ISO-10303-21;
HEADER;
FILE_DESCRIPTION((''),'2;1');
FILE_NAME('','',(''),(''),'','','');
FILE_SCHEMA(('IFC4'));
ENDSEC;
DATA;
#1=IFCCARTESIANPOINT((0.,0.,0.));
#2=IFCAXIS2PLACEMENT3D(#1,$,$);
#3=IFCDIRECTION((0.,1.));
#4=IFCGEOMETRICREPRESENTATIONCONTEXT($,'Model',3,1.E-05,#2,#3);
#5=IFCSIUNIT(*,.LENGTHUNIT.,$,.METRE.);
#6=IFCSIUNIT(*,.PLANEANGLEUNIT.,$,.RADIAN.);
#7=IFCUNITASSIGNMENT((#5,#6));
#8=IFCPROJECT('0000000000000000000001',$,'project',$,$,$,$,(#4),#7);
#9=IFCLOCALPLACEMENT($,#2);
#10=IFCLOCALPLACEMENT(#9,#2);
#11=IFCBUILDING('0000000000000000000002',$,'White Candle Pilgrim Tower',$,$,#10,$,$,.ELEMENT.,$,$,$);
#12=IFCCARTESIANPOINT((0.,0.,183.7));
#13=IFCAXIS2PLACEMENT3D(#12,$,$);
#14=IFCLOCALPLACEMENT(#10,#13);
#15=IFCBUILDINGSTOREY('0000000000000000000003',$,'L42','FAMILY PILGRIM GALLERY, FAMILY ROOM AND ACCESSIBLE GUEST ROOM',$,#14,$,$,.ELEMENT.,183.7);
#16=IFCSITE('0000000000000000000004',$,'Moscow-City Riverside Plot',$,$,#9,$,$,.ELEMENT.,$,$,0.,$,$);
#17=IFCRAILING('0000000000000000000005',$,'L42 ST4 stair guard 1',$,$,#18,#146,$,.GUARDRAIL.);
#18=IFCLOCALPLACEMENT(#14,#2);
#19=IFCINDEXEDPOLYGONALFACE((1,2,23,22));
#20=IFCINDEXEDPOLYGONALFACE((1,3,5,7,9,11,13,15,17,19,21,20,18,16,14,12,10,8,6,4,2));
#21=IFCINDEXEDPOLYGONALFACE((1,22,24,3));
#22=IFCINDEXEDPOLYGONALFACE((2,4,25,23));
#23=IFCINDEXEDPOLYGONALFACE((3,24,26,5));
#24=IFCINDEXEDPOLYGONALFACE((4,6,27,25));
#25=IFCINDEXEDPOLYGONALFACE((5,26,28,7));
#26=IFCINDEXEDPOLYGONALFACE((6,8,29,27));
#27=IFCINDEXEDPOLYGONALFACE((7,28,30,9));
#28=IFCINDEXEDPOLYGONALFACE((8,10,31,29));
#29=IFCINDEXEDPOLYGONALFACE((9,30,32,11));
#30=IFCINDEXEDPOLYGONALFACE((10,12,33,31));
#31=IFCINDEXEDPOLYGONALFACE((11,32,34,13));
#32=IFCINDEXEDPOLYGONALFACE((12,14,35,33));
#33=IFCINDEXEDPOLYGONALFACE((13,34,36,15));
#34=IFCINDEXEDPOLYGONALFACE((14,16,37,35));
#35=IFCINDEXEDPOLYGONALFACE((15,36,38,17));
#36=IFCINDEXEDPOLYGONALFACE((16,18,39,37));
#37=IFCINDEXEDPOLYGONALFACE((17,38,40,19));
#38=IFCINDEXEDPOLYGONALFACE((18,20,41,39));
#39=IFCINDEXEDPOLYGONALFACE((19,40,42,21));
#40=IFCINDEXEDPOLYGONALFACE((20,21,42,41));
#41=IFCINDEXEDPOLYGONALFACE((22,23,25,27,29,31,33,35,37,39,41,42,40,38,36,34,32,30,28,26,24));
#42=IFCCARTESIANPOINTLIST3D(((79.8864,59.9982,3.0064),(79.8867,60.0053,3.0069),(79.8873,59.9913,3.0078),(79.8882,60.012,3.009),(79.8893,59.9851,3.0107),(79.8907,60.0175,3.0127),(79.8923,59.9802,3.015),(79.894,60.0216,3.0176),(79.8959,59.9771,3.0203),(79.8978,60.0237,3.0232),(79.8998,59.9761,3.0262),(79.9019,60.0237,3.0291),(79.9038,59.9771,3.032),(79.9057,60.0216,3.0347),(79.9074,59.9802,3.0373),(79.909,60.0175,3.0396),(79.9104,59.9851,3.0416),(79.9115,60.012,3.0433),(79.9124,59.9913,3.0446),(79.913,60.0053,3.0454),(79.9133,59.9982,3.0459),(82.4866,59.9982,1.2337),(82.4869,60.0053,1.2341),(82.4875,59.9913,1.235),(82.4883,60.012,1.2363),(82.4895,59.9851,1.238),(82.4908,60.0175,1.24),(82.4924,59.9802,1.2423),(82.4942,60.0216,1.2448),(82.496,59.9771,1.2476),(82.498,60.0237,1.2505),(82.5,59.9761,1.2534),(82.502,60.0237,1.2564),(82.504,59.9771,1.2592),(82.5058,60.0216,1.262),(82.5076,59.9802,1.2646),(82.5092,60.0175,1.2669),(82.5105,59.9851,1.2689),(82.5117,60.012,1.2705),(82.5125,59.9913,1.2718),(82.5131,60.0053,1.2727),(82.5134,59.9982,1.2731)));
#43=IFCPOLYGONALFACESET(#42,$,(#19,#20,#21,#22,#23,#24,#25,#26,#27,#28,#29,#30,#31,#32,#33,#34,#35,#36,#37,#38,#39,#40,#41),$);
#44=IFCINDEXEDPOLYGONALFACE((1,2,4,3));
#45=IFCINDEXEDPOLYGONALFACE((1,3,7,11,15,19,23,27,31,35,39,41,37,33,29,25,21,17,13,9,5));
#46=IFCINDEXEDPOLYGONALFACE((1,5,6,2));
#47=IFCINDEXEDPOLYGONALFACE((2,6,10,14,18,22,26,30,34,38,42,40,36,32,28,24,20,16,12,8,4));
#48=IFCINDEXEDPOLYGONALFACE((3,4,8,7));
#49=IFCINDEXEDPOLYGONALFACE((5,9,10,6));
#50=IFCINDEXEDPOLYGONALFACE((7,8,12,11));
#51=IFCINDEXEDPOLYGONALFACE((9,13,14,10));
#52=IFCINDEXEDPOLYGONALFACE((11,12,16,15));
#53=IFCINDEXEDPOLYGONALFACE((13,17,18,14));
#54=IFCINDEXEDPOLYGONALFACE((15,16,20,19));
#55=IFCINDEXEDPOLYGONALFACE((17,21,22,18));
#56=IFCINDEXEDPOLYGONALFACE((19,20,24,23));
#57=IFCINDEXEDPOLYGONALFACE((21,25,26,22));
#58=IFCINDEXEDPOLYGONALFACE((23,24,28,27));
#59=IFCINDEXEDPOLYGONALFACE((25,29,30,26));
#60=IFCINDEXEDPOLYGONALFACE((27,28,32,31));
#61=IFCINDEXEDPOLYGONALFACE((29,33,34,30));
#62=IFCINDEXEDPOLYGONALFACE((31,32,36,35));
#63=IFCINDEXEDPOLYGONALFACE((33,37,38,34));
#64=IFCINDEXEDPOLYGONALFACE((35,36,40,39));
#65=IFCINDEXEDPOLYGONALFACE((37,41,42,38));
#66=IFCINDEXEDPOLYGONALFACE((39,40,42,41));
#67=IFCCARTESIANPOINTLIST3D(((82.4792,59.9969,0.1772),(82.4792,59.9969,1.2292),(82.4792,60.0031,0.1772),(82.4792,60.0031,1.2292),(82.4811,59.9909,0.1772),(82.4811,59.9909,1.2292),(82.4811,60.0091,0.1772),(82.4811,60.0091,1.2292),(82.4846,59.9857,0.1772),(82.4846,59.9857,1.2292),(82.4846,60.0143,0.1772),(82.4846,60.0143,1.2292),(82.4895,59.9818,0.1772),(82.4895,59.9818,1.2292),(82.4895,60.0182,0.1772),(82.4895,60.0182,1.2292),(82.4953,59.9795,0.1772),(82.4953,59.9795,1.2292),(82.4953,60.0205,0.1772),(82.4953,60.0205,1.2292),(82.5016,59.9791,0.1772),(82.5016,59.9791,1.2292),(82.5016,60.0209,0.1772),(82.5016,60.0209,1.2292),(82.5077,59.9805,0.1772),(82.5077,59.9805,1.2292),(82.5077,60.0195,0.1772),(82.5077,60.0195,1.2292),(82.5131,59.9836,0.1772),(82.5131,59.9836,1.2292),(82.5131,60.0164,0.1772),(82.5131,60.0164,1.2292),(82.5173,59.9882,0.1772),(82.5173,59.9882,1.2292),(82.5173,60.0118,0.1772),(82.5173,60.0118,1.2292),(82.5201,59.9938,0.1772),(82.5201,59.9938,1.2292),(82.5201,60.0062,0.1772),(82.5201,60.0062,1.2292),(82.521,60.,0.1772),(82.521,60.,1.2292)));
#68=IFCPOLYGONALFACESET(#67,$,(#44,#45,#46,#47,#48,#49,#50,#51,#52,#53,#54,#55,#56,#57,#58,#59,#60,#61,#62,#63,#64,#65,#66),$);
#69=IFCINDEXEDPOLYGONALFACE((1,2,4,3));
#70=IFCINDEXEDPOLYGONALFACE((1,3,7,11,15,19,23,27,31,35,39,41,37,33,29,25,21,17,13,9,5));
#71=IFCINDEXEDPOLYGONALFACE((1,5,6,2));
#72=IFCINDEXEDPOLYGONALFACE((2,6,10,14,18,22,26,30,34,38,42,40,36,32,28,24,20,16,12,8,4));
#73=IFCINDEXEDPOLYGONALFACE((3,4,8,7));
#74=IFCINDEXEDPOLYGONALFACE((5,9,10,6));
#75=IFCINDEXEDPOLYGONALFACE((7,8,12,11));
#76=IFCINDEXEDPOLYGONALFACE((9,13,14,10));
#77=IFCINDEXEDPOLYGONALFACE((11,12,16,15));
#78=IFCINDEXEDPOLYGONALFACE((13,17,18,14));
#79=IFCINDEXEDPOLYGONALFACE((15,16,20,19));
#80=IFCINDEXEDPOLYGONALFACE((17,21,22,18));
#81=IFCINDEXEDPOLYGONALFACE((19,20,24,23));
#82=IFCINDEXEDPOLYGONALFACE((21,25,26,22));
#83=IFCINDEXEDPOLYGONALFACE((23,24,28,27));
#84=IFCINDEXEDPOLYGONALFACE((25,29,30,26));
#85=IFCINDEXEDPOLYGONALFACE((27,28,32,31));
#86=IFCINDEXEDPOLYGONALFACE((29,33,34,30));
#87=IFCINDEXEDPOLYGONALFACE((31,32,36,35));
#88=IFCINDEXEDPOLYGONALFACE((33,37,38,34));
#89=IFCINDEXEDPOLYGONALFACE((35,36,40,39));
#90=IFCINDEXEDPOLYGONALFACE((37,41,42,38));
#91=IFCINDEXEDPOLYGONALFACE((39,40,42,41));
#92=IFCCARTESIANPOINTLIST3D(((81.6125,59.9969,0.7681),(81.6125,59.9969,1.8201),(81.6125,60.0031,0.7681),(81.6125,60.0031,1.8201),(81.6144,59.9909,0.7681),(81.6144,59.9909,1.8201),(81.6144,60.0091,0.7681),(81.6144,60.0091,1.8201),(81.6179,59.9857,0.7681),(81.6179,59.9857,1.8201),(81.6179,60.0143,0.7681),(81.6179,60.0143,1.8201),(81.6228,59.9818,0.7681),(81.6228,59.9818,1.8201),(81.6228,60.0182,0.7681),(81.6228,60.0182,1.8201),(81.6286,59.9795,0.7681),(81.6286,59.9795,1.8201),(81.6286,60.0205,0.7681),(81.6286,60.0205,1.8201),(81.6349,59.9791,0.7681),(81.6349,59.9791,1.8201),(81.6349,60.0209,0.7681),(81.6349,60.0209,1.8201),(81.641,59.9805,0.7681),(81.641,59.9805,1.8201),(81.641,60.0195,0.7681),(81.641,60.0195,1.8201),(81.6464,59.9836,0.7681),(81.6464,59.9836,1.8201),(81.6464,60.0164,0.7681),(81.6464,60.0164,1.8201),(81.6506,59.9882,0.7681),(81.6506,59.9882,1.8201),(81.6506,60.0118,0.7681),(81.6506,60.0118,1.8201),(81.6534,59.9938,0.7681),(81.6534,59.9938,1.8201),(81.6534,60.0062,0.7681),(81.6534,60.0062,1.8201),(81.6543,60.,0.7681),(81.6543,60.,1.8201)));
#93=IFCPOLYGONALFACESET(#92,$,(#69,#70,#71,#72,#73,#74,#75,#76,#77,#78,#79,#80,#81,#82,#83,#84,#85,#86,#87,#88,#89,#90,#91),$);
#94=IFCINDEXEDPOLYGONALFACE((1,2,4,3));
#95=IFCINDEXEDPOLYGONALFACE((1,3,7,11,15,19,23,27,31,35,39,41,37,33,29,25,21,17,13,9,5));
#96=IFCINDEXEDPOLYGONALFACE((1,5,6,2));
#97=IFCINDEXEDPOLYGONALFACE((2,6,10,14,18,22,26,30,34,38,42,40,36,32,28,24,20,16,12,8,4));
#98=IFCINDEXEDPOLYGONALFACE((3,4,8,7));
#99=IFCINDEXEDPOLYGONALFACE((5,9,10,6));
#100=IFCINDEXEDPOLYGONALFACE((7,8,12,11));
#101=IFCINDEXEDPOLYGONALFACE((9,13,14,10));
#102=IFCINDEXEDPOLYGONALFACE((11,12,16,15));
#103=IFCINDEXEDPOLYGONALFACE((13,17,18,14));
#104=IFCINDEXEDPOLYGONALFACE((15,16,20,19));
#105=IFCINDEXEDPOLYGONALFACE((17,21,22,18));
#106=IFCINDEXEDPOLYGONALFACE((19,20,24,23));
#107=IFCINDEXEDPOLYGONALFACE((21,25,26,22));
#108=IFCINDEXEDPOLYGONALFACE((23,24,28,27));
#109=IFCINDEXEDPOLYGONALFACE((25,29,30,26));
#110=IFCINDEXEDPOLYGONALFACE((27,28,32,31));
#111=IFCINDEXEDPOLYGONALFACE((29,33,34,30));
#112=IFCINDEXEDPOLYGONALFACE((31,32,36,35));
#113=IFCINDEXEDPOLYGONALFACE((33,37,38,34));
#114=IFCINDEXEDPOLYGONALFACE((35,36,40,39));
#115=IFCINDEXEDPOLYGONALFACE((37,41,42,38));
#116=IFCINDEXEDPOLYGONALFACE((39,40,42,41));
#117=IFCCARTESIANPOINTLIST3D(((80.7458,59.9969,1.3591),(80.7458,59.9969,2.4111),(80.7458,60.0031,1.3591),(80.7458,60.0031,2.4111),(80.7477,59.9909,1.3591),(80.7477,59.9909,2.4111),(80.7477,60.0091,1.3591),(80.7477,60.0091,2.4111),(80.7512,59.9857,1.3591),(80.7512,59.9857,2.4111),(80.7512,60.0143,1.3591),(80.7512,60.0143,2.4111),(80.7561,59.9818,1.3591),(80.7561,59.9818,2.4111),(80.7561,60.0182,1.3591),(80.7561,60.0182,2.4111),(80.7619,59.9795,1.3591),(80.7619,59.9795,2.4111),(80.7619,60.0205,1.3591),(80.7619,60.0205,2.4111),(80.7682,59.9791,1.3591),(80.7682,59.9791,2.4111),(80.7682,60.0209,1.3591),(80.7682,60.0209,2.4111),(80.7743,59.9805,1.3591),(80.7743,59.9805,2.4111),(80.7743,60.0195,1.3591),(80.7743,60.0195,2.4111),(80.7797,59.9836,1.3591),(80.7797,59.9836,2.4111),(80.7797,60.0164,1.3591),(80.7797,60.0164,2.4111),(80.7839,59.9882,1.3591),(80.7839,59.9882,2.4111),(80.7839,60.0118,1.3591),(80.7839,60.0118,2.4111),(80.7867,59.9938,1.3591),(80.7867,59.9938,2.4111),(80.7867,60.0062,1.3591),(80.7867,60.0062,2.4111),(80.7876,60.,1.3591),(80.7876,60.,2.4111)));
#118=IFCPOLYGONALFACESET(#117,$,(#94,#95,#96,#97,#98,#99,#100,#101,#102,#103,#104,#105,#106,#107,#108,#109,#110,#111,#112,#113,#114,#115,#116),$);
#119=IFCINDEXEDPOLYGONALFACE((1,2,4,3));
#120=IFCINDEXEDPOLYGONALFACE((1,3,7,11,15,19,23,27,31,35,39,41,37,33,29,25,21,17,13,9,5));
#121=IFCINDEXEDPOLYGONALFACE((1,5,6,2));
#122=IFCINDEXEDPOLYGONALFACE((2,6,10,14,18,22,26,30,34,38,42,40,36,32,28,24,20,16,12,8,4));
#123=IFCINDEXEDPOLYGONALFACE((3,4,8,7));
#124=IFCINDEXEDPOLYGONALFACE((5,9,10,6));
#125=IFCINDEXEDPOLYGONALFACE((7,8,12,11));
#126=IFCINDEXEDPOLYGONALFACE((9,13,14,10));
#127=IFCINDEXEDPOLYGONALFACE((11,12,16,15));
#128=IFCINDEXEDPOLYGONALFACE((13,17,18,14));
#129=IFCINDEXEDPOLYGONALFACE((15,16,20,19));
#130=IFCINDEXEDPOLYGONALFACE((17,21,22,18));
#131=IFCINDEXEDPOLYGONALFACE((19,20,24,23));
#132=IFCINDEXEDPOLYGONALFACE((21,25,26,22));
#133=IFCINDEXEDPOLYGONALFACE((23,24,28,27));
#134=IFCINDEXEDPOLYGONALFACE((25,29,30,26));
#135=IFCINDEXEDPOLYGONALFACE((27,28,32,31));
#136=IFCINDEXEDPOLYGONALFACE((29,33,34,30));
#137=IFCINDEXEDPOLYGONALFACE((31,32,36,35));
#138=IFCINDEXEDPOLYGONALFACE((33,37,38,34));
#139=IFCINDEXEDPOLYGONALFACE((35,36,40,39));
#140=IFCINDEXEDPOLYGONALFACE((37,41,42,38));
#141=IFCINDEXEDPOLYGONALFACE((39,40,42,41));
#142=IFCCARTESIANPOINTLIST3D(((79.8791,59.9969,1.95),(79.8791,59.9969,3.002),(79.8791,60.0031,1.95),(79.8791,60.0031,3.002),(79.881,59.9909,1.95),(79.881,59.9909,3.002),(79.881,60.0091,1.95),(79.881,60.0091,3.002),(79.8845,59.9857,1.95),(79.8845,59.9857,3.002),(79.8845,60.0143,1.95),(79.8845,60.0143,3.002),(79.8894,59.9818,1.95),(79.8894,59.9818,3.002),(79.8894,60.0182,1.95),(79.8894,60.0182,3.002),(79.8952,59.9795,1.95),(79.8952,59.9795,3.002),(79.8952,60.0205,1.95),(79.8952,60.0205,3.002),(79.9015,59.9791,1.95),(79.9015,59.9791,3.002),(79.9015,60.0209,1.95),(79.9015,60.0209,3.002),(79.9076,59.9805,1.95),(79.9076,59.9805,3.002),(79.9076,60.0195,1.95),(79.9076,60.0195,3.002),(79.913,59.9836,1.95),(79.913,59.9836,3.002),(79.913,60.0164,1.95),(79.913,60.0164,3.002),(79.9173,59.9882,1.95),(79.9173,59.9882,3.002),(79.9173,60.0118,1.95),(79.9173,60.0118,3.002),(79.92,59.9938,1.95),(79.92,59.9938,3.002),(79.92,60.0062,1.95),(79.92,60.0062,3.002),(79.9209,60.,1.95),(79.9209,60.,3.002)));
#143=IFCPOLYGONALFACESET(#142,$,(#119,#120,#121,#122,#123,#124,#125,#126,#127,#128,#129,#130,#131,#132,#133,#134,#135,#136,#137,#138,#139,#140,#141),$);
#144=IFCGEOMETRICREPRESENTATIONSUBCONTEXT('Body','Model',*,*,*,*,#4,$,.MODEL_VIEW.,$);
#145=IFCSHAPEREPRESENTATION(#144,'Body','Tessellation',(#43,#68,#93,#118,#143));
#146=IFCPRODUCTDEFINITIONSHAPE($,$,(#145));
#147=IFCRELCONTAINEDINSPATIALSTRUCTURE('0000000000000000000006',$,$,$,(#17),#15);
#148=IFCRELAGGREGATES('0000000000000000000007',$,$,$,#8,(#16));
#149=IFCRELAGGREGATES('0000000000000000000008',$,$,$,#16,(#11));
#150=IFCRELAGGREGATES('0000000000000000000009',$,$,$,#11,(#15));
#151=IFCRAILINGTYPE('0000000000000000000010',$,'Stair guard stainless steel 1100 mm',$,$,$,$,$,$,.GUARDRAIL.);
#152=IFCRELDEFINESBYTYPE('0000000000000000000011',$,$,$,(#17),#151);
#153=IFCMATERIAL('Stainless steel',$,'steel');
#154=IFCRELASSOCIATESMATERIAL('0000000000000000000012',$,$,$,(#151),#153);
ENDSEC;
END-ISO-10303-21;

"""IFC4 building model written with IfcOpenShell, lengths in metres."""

from ifc_helpers import new_model, si_unit, direction, frame, origin, origin_2d, place, context, subcontext, project, spatial, circle, extrude, material, type_object, element, save


model = new_model("IFC4")

# Units and contexts
model_context = context("Model", 3, precision=1e-05, world=origin(), true_north=direction((0.0, 1.0)))
body_context = subcontext(model_context, "Body", "Model", "MODEL_VIEW")
ifc_project = project(units=[si_unit("LENGTHUNIT", "METRE"), si_unit("PLANEANGLEUNIT", "RADIAN")], contexts=[model_context])

# Site, building, storey
site_placement = place(None, origin())
site = spatial("IfcSite", under=ifc_project, at=site_placement, Name="Moscow-City Riverside Plot", CompositionType="ELEMENT", RefElevation=0.0)
building_placement = place(site_placement, origin())
building = spatial("IfcBuilding", under=site, at=building_placement, Name="White Candle Pilgrim Tower", CompositionType="ELEMENT")
storey_placement = place(building_placement, frame((0.0, 0.0, 183.7)))
storey = spatial("IfcBuildingStorey", under=building, at=storey_placement, Name="L42", Description="FAMILY PILGRIM GALLERY, FAMILY ROOM AND ACCESSIBLE GUEST ROOM", CompositionType="ELEMENT", Elevation=183.7)

# Railing
ifc_material_1 = material(Name="Stainless steel", Category="steel")
railing_type_1 = type_object("IfcRailingType", Name="Stair guard stainless steel 1100 mm", PredefinedType="GUARDRAIL", material=ifc_material_1)
railing_1_placement = place(storey_placement, frame((82.5, 60.0, 0.1772)))
element("IfcRailing", 1, at=railing_1_placement, inside=storey, type_object=railing_type_1, Name="L42 ST4 stair guard 1", PredefinedType="GUARDRAIL", context=body_context, shape_type="SweptSolid", body=[
    extrude(circle(Radius=0.0239, at=origin_2d()), frame((0.0, 0.0, 1.0762), z_axis=(-0.82624, 0.0, 0.563318), x_axis=(0.0, -1.0, 0.0)), (0.0, 0.0, 1.0), 3.147),
    extrude(circle(Radius=0.021, at=origin_2d()), origin(), (0.0, 0.0, 1.0), 1.052),
    extrude(circle(Radius=0.021, at=origin_2d()), frame((-0.8667, 0.0, 0.5908)), (0.0, 0.0, 1.0), 1.052),
    extrude(circle(Radius=0.021, at=origin_2d()), frame((-1.7334, 0.0, 1.1819)), (0.0, 0.0, 1.0), 1.052),
    extrude(circle(Radius=0.021, at=origin_2d()), frame((-2.6001, 0.0, 1.7727)), (0.0, 0.0, 1.0), 1.052),
])

save(model, "model.ifc")
